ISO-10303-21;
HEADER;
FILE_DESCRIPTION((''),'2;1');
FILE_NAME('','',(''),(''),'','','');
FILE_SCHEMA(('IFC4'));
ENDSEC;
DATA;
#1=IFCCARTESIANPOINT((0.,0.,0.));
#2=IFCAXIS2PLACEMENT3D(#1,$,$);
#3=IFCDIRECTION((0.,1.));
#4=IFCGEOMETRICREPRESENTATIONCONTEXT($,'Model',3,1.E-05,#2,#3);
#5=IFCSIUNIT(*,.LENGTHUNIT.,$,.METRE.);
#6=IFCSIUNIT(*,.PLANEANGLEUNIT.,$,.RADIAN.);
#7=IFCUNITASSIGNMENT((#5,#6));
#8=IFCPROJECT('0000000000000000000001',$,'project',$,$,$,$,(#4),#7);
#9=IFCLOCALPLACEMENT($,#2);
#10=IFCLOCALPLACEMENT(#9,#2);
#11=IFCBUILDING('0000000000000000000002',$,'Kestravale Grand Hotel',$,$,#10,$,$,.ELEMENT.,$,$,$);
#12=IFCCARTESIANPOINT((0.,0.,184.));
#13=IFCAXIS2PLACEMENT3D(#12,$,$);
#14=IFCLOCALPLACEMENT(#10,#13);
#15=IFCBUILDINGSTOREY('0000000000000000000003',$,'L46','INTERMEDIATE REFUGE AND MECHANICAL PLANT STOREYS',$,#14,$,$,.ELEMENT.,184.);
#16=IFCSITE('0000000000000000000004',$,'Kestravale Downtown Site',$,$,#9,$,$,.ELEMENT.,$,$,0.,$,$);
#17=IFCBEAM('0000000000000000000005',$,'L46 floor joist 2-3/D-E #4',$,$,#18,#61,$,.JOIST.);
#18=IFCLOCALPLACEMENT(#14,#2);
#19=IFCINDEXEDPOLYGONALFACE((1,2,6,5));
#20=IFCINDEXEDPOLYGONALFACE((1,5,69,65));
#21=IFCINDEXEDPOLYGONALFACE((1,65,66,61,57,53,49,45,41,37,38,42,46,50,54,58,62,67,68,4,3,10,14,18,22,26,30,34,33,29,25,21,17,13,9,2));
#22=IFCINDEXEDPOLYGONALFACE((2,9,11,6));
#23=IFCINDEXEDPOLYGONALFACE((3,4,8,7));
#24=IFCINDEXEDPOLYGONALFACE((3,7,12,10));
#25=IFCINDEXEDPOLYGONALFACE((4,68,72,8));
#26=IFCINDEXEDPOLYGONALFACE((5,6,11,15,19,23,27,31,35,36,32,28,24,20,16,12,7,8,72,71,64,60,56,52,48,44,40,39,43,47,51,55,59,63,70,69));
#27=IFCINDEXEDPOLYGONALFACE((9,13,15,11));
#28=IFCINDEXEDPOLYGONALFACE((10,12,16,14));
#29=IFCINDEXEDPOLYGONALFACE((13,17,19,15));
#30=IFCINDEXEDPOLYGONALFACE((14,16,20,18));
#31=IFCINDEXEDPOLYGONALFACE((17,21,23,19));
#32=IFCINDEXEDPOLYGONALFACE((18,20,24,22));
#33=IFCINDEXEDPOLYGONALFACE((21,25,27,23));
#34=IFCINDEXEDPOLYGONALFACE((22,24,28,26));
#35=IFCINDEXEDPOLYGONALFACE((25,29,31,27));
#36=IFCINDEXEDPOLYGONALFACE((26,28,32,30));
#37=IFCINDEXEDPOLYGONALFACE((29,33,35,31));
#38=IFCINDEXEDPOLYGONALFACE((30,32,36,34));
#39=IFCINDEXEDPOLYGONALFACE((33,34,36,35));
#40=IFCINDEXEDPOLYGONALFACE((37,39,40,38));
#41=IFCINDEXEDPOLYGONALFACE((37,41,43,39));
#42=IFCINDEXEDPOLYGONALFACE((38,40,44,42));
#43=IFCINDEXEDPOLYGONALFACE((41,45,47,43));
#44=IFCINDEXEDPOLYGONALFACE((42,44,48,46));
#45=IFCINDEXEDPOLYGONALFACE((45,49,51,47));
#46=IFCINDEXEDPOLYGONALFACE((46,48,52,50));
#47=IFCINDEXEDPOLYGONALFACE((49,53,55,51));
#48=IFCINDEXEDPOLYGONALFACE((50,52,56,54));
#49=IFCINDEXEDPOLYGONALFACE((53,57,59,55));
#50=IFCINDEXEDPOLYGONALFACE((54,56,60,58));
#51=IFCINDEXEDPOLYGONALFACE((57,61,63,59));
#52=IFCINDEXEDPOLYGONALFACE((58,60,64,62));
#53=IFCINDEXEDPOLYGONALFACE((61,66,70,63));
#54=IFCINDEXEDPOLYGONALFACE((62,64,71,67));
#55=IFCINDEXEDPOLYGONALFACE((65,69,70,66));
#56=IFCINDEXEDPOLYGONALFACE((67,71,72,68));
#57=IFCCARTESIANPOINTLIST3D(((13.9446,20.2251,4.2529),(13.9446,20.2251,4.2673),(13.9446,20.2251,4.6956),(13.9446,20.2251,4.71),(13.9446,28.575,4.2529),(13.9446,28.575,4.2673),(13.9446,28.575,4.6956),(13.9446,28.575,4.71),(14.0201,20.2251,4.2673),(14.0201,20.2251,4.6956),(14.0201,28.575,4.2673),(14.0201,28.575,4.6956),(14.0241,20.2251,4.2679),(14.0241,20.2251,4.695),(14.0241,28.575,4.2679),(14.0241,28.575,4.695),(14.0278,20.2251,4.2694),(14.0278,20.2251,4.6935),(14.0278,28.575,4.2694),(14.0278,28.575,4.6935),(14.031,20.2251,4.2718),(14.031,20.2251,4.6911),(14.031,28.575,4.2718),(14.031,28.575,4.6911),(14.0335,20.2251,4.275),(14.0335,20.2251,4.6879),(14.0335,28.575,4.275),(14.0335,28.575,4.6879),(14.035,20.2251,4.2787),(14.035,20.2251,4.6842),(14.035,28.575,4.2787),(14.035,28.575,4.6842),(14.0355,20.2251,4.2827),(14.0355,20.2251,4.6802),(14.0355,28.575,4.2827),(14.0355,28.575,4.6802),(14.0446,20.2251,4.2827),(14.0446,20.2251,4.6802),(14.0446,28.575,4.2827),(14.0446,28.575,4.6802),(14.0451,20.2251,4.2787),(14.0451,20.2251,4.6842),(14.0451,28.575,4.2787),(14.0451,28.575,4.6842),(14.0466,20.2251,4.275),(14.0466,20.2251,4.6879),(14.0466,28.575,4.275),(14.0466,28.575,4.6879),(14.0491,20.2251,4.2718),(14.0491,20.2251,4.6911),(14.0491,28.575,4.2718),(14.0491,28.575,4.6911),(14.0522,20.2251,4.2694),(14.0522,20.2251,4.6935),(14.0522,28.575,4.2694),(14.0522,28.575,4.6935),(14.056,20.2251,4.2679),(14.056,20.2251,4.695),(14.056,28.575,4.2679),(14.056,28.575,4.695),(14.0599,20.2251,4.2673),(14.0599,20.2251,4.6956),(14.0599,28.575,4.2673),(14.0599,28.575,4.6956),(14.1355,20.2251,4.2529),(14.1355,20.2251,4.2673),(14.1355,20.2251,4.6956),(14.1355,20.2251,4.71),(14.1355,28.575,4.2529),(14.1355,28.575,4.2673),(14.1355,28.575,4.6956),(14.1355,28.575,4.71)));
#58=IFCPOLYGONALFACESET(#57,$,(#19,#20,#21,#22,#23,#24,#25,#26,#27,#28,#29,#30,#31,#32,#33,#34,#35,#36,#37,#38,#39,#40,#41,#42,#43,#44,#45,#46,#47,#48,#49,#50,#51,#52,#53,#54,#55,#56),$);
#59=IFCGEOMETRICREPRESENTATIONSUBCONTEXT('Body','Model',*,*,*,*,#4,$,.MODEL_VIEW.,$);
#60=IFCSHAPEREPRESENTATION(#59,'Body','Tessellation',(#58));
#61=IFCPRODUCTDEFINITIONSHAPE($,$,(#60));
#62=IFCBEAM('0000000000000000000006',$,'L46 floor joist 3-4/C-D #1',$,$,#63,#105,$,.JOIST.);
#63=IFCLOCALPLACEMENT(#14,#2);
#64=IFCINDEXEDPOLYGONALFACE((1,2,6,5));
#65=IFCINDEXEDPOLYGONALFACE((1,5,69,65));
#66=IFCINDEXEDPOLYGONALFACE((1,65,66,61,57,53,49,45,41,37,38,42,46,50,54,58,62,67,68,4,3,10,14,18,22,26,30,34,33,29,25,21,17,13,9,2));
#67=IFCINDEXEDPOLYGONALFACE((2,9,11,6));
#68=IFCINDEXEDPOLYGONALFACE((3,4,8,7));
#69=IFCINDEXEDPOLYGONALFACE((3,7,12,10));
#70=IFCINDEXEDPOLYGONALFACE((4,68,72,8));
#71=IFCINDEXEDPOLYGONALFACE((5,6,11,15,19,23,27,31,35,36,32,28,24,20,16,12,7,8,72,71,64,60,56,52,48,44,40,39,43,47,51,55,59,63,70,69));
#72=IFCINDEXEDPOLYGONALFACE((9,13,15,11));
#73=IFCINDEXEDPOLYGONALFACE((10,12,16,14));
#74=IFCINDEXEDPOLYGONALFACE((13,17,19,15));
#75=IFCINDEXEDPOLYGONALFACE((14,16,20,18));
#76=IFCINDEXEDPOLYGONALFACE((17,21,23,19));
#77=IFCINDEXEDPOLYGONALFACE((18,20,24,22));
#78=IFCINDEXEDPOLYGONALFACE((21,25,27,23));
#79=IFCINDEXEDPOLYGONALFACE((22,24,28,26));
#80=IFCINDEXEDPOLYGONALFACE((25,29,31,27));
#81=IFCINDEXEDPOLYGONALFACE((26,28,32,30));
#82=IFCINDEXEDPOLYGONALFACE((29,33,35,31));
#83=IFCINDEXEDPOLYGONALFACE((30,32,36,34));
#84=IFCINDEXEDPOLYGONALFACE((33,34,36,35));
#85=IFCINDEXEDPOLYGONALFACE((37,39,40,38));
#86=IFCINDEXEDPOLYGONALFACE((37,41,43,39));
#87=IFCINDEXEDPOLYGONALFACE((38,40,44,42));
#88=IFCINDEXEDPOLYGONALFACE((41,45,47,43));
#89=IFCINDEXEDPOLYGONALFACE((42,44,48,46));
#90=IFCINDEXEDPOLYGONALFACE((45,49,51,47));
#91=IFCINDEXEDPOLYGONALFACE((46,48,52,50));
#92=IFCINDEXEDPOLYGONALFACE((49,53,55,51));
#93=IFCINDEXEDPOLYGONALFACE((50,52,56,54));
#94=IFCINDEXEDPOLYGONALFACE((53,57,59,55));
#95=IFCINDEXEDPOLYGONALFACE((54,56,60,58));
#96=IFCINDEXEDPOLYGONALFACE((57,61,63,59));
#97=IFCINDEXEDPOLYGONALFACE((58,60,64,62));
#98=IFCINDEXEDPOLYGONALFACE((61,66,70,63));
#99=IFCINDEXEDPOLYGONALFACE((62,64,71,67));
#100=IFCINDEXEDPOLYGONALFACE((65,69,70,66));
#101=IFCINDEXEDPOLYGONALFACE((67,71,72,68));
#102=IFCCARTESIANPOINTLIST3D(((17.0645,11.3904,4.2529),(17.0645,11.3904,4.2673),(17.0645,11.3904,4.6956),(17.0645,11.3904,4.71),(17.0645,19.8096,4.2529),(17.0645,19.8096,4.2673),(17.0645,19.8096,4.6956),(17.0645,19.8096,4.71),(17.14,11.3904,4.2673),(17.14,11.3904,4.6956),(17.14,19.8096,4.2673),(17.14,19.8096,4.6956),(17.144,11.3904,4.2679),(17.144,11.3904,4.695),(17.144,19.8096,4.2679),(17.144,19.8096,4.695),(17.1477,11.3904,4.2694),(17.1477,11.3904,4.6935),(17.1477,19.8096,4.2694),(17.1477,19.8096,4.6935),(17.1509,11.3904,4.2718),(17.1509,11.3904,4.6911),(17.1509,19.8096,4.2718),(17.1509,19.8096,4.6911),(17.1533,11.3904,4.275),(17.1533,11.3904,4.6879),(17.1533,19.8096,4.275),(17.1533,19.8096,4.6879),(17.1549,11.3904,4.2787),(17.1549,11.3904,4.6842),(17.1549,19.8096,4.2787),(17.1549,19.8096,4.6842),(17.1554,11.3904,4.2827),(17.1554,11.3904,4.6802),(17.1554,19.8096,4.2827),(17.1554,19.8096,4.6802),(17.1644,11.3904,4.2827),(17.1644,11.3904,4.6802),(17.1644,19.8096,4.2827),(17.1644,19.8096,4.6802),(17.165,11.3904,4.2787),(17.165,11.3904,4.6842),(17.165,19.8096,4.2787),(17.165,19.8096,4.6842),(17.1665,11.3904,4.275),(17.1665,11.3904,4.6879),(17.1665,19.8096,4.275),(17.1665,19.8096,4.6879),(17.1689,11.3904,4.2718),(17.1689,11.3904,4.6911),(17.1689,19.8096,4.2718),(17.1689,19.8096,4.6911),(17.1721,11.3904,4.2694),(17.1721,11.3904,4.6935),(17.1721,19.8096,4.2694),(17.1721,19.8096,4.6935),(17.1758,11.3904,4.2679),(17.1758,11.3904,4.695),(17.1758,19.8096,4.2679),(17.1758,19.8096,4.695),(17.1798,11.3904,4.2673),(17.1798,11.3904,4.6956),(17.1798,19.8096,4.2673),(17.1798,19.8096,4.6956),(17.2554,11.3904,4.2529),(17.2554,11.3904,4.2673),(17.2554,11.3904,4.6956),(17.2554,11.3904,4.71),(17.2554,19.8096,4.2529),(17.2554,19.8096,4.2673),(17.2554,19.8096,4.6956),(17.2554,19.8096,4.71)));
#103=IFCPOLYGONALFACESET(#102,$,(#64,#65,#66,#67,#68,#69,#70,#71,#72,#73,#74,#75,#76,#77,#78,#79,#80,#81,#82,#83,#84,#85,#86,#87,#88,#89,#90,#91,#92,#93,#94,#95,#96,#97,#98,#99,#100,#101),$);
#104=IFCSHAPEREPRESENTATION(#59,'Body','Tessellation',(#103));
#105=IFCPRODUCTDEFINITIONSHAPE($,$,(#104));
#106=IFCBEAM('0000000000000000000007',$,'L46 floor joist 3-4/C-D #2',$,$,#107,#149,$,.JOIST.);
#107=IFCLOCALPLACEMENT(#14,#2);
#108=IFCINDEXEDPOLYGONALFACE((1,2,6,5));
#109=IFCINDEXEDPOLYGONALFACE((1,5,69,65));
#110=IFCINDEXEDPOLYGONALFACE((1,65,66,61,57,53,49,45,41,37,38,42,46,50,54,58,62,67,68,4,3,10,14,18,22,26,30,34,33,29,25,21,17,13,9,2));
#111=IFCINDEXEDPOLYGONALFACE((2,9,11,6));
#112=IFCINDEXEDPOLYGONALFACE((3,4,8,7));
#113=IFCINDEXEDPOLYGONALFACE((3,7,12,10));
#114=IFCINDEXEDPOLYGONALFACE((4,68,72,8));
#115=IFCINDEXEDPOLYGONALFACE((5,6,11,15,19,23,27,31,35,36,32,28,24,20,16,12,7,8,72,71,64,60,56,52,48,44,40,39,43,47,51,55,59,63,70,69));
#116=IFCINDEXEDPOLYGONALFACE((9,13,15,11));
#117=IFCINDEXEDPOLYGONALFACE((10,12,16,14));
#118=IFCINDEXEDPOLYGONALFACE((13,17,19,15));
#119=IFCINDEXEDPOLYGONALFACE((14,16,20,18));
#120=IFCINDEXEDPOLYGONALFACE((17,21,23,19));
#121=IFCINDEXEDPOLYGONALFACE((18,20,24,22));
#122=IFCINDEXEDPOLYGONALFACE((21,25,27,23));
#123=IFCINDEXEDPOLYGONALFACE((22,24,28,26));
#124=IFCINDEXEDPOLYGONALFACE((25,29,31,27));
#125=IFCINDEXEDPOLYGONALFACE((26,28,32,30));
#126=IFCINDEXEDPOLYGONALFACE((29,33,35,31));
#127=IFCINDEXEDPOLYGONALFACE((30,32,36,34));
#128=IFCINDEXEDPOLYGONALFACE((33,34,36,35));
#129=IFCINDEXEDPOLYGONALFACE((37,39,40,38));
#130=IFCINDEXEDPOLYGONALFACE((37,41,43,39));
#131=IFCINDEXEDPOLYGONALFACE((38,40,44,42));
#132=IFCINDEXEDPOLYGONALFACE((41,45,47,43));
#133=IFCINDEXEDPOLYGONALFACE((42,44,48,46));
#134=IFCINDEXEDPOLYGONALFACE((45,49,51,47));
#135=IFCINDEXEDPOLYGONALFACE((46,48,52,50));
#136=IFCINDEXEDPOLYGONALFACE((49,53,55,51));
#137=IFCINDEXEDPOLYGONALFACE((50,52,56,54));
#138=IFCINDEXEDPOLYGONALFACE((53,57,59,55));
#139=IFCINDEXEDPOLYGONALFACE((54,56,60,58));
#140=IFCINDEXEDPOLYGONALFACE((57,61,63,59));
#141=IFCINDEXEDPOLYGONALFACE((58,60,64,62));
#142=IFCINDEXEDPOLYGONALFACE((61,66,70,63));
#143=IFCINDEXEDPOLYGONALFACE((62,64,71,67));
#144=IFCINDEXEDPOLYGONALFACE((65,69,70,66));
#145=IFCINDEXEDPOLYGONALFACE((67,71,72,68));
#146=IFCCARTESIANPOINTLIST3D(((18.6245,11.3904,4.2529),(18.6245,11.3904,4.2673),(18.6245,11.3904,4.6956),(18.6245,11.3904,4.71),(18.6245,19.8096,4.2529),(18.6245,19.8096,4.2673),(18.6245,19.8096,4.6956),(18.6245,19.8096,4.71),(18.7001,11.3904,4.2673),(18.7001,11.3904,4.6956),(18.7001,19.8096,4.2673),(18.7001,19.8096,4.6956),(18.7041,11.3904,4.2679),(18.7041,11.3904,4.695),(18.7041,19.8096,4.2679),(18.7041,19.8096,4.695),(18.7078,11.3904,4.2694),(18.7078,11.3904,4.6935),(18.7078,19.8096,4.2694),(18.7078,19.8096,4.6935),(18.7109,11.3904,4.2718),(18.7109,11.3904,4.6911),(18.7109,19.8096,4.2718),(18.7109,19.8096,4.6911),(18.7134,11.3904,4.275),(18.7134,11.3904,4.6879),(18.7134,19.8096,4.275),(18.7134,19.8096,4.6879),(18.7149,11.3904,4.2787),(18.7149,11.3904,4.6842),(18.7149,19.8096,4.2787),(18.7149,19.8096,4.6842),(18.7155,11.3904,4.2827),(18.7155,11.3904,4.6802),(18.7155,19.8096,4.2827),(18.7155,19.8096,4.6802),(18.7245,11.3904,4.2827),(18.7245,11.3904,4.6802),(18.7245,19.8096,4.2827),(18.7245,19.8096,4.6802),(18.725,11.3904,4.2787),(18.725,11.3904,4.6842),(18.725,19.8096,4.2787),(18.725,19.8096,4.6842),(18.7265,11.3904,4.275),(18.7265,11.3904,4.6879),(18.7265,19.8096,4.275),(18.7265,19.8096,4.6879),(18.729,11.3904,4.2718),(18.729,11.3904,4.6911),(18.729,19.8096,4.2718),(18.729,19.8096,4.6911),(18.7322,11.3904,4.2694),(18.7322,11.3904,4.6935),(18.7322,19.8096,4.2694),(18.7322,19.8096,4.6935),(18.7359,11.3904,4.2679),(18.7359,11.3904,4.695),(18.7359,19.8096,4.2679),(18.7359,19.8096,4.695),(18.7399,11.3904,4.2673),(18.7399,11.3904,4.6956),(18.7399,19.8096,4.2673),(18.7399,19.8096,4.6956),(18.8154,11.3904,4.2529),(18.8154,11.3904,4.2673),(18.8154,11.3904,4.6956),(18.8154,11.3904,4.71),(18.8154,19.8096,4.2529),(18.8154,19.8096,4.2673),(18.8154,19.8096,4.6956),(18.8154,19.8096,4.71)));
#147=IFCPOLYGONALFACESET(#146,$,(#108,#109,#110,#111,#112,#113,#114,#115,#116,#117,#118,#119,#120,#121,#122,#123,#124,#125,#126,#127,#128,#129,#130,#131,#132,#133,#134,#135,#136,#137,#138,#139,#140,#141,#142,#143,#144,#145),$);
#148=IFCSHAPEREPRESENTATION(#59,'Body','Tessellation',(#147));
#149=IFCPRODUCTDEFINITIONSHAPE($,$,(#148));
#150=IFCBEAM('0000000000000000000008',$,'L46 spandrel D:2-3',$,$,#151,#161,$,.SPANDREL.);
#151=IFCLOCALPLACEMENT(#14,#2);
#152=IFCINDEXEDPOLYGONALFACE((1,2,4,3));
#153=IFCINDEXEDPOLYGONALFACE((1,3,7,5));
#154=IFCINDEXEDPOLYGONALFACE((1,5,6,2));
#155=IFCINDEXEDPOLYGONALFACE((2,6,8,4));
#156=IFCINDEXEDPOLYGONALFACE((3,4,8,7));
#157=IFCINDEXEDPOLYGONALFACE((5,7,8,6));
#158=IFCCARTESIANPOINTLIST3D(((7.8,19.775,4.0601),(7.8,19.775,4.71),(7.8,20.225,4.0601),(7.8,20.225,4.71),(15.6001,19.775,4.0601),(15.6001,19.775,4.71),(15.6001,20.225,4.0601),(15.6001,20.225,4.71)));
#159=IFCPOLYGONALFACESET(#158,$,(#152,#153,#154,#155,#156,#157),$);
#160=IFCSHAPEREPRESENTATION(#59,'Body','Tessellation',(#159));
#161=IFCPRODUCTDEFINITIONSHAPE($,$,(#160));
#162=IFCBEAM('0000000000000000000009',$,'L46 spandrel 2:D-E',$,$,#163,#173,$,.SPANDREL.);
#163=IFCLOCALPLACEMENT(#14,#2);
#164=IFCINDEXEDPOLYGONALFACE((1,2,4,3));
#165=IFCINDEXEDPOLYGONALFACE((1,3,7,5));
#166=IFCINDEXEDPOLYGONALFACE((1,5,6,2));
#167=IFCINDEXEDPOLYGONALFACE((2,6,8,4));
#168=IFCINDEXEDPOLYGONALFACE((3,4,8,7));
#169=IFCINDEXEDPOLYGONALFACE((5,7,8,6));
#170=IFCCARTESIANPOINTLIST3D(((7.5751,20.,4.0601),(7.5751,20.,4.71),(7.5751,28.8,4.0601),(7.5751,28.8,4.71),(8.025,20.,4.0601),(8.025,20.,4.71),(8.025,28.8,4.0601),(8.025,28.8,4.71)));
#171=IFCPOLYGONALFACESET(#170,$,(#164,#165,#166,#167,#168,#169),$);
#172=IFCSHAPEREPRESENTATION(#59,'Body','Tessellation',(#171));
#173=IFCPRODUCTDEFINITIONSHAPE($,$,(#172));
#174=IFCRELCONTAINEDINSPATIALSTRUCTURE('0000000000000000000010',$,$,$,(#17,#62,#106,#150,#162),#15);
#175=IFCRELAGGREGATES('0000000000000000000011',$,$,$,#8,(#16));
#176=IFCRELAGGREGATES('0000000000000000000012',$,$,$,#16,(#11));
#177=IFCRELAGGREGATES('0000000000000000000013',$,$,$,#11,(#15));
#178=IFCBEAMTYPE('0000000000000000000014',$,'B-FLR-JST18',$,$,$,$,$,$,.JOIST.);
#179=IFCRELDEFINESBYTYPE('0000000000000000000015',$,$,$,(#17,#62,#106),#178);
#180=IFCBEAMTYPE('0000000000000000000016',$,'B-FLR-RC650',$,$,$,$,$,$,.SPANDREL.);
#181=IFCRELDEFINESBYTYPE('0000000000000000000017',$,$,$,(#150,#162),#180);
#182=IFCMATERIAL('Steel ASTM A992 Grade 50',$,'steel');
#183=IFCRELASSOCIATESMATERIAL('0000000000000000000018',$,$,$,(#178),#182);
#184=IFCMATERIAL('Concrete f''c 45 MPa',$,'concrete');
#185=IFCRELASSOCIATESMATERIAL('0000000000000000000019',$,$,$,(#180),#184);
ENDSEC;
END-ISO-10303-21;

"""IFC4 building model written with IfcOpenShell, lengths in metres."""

from ifc_helpers import new_model, si_unit, direction, frame, origin, origin_2d, place, context, subcontext, project, spatial, rectangle, i_section, extrude, material, material_profile, profile_set, type_object, element, save


model = new_model("IFC4")

# Units and contexts
model_context = context("Model", 3, precision=1e-05, world=origin(), true_north=direction((0.0, 1.0)))
body_context = subcontext(model_context, "Body", "Model", "MODEL_VIEW")
ifc_project = project(units=[si_unit("LENGTHUNIT", "METRE"), si_unit("PLANEANGLEUNIT", "RADIAN")], contexts=[model_context])

# Site, building, storey
site_placement = place(None, origin())
site = spatial("IfcSite", under=ifc_project, at=site_placement, Name="Kestravale Downtown Site", CompositionType="ELEMENT", RefElevation=0.0)
building_placement = place(site_placement, origin())
building = spatial("IfcBuilding", under=site, at=building_placement, Name="Kestravale Grand Hotel", CompositionType="ELEMENT")
storey_placement = place(building_placement, frame((0.0, 0.0, 184.0)))
storey = spatial("IfcBuildingStorey", under=building, at=storey_placement, Name="L46", Description="INTERMEDIATE REFUGE AND MECHANICAL PLANT STOREYS", CompositionType="ELEMENT", Elevation=184.0)

# Beams
ifc_material_1 = material(Name="Steel ASTM A992 Grade 50", Category="steel")
ifc_material_profile_1 = material_profile(ifc_material_1, i_section(OverallWidth=0.1909, OverallDepth=0.457, WebThickness=0.009, FlangeThickness=0.0144, FilletRadius=0.0154, at=origin_2d()))
ifc_profile_set_1 = profile_set([ifc_material_profile_1], Name="Steel ASTM A992 Grade 50")
beam_type_1 = type_object("IfcBeamType", Name="B-FLR-JST18", PredefinedType="JOIST", material=ifc_profile_set_1)
for number, where, z_axis, x_axis, name in (
    (1, (14.04, 20.2251, 4.4814), (0.0, 1.0, 0.0), (-1.0, 0.0, 0.0), "L46 floor joist 2-3/D-E #4"),
):
    element("IfcBeam", number, at=place(storey_placement, frame(where, z_axis=z_axis, x_axis=x_axis)), inside=storey, type_object=beam_type_1, Name=name, PredefinedType="JOIST", context=body_context, shape_type="SweptSolid", body=[
        extrude(i_section(OverallWidth=0.1909, OverallDepth=0.457, WebThickness=0.009, FlangeThickness=0.0144, FilletRadius=0.0154, at=origin_2d()), origin(), (0.0, 0.0, 1.0), 8.3499),
    ])
for number, where, z_axis, x_axis, name in (
    (2, (17.1599, 11.3904, 4.4814), (0.0, 1.0, 0.0), (-1.0, 0.0, 0.0), "L46 floor joist 3-4/C-D #1"),
    (3, (18.72, 11.3904, 4.4814), (0.0, 1.0, 0.0), (-1.0, 0.0, 0.0), "L46 floor joist 3-4/C-D #2"),
):
    element("IfcBeam", number, at=place(storey_placement, frame(where, z_axis=z_axis, x_axis=x_axis)), inside=storey, type_object=beam_type_1, Name=name, PredefinedType="JOIST", context=body_context, shape_type="SweptSolid", body=[
        extrude(i_section(OverallWidth=0.1909, OverallDepth=0.457, WebThickness=0.009, FlangeThickness=0.0144, FilletRadius=0.0154, at=origin_2d()), origin(), (0.0, 0.0, 1.0), 8.4192),
    ])
ifc_material_2 = material(Name="Concrete f'c 45 MPa", Category="concrete")
ifc_material_profile_2 = material_profile(ifc_material_2, rectangle(XDim=0.45, YDim=0.6499, at=origin_2d()))
ifc_profile_set_2 = profile_set([ifc_material_profile_2], Name="Concrete f'c 45 MPa")
beam_type_2 = type_object("IfcBeamType", Name="B-FLR-RC650", PredefinedType="SPANDREL", material=ifc_profile_set_2)
beam_1_placement = place(storey_placement, frame((7.8, 20.0, 4.385), z_axis=(1.0, 0.0, 0.0), x_axis=(0.0, 1.0, 0.0)))
element("IfcBeam", 4, at=beam_1_placement, inside=storey, type_object=beam_type_2, Name="L46 spandrel D:2-3", PredefinedType="SPANDREL", context=body_context, shape_type="SweptSolid", body=[
    extrude(rectangle(XDim=0.45, YDim=0.6499, at=origin_2d()), origin(), (0.0, 0.0, 1.0), 7.8),
])
beam_2_placement = place(storey_placement, frame((7.8, 20.0, 4.385), z_axis=(0.0, 1.0, 0.0), x_axis=(-1.0, 0.0, 0.0)))
element("IfcBeam", 5, at=beam_2_placement, inside=storey, type_object=beam_type_2, Name="L46 spandrel 2:D-E", PredefinedType="SPANDREL", context=body_context, shape_type="SweptSolid", body=[
    extrude(rectangle(XDim=0.45, YDim=0.6499, at=origin_2d()), origin(), (0.0, 0.0, 1.0), 8.8),
])

save(model, "model.ifc")
